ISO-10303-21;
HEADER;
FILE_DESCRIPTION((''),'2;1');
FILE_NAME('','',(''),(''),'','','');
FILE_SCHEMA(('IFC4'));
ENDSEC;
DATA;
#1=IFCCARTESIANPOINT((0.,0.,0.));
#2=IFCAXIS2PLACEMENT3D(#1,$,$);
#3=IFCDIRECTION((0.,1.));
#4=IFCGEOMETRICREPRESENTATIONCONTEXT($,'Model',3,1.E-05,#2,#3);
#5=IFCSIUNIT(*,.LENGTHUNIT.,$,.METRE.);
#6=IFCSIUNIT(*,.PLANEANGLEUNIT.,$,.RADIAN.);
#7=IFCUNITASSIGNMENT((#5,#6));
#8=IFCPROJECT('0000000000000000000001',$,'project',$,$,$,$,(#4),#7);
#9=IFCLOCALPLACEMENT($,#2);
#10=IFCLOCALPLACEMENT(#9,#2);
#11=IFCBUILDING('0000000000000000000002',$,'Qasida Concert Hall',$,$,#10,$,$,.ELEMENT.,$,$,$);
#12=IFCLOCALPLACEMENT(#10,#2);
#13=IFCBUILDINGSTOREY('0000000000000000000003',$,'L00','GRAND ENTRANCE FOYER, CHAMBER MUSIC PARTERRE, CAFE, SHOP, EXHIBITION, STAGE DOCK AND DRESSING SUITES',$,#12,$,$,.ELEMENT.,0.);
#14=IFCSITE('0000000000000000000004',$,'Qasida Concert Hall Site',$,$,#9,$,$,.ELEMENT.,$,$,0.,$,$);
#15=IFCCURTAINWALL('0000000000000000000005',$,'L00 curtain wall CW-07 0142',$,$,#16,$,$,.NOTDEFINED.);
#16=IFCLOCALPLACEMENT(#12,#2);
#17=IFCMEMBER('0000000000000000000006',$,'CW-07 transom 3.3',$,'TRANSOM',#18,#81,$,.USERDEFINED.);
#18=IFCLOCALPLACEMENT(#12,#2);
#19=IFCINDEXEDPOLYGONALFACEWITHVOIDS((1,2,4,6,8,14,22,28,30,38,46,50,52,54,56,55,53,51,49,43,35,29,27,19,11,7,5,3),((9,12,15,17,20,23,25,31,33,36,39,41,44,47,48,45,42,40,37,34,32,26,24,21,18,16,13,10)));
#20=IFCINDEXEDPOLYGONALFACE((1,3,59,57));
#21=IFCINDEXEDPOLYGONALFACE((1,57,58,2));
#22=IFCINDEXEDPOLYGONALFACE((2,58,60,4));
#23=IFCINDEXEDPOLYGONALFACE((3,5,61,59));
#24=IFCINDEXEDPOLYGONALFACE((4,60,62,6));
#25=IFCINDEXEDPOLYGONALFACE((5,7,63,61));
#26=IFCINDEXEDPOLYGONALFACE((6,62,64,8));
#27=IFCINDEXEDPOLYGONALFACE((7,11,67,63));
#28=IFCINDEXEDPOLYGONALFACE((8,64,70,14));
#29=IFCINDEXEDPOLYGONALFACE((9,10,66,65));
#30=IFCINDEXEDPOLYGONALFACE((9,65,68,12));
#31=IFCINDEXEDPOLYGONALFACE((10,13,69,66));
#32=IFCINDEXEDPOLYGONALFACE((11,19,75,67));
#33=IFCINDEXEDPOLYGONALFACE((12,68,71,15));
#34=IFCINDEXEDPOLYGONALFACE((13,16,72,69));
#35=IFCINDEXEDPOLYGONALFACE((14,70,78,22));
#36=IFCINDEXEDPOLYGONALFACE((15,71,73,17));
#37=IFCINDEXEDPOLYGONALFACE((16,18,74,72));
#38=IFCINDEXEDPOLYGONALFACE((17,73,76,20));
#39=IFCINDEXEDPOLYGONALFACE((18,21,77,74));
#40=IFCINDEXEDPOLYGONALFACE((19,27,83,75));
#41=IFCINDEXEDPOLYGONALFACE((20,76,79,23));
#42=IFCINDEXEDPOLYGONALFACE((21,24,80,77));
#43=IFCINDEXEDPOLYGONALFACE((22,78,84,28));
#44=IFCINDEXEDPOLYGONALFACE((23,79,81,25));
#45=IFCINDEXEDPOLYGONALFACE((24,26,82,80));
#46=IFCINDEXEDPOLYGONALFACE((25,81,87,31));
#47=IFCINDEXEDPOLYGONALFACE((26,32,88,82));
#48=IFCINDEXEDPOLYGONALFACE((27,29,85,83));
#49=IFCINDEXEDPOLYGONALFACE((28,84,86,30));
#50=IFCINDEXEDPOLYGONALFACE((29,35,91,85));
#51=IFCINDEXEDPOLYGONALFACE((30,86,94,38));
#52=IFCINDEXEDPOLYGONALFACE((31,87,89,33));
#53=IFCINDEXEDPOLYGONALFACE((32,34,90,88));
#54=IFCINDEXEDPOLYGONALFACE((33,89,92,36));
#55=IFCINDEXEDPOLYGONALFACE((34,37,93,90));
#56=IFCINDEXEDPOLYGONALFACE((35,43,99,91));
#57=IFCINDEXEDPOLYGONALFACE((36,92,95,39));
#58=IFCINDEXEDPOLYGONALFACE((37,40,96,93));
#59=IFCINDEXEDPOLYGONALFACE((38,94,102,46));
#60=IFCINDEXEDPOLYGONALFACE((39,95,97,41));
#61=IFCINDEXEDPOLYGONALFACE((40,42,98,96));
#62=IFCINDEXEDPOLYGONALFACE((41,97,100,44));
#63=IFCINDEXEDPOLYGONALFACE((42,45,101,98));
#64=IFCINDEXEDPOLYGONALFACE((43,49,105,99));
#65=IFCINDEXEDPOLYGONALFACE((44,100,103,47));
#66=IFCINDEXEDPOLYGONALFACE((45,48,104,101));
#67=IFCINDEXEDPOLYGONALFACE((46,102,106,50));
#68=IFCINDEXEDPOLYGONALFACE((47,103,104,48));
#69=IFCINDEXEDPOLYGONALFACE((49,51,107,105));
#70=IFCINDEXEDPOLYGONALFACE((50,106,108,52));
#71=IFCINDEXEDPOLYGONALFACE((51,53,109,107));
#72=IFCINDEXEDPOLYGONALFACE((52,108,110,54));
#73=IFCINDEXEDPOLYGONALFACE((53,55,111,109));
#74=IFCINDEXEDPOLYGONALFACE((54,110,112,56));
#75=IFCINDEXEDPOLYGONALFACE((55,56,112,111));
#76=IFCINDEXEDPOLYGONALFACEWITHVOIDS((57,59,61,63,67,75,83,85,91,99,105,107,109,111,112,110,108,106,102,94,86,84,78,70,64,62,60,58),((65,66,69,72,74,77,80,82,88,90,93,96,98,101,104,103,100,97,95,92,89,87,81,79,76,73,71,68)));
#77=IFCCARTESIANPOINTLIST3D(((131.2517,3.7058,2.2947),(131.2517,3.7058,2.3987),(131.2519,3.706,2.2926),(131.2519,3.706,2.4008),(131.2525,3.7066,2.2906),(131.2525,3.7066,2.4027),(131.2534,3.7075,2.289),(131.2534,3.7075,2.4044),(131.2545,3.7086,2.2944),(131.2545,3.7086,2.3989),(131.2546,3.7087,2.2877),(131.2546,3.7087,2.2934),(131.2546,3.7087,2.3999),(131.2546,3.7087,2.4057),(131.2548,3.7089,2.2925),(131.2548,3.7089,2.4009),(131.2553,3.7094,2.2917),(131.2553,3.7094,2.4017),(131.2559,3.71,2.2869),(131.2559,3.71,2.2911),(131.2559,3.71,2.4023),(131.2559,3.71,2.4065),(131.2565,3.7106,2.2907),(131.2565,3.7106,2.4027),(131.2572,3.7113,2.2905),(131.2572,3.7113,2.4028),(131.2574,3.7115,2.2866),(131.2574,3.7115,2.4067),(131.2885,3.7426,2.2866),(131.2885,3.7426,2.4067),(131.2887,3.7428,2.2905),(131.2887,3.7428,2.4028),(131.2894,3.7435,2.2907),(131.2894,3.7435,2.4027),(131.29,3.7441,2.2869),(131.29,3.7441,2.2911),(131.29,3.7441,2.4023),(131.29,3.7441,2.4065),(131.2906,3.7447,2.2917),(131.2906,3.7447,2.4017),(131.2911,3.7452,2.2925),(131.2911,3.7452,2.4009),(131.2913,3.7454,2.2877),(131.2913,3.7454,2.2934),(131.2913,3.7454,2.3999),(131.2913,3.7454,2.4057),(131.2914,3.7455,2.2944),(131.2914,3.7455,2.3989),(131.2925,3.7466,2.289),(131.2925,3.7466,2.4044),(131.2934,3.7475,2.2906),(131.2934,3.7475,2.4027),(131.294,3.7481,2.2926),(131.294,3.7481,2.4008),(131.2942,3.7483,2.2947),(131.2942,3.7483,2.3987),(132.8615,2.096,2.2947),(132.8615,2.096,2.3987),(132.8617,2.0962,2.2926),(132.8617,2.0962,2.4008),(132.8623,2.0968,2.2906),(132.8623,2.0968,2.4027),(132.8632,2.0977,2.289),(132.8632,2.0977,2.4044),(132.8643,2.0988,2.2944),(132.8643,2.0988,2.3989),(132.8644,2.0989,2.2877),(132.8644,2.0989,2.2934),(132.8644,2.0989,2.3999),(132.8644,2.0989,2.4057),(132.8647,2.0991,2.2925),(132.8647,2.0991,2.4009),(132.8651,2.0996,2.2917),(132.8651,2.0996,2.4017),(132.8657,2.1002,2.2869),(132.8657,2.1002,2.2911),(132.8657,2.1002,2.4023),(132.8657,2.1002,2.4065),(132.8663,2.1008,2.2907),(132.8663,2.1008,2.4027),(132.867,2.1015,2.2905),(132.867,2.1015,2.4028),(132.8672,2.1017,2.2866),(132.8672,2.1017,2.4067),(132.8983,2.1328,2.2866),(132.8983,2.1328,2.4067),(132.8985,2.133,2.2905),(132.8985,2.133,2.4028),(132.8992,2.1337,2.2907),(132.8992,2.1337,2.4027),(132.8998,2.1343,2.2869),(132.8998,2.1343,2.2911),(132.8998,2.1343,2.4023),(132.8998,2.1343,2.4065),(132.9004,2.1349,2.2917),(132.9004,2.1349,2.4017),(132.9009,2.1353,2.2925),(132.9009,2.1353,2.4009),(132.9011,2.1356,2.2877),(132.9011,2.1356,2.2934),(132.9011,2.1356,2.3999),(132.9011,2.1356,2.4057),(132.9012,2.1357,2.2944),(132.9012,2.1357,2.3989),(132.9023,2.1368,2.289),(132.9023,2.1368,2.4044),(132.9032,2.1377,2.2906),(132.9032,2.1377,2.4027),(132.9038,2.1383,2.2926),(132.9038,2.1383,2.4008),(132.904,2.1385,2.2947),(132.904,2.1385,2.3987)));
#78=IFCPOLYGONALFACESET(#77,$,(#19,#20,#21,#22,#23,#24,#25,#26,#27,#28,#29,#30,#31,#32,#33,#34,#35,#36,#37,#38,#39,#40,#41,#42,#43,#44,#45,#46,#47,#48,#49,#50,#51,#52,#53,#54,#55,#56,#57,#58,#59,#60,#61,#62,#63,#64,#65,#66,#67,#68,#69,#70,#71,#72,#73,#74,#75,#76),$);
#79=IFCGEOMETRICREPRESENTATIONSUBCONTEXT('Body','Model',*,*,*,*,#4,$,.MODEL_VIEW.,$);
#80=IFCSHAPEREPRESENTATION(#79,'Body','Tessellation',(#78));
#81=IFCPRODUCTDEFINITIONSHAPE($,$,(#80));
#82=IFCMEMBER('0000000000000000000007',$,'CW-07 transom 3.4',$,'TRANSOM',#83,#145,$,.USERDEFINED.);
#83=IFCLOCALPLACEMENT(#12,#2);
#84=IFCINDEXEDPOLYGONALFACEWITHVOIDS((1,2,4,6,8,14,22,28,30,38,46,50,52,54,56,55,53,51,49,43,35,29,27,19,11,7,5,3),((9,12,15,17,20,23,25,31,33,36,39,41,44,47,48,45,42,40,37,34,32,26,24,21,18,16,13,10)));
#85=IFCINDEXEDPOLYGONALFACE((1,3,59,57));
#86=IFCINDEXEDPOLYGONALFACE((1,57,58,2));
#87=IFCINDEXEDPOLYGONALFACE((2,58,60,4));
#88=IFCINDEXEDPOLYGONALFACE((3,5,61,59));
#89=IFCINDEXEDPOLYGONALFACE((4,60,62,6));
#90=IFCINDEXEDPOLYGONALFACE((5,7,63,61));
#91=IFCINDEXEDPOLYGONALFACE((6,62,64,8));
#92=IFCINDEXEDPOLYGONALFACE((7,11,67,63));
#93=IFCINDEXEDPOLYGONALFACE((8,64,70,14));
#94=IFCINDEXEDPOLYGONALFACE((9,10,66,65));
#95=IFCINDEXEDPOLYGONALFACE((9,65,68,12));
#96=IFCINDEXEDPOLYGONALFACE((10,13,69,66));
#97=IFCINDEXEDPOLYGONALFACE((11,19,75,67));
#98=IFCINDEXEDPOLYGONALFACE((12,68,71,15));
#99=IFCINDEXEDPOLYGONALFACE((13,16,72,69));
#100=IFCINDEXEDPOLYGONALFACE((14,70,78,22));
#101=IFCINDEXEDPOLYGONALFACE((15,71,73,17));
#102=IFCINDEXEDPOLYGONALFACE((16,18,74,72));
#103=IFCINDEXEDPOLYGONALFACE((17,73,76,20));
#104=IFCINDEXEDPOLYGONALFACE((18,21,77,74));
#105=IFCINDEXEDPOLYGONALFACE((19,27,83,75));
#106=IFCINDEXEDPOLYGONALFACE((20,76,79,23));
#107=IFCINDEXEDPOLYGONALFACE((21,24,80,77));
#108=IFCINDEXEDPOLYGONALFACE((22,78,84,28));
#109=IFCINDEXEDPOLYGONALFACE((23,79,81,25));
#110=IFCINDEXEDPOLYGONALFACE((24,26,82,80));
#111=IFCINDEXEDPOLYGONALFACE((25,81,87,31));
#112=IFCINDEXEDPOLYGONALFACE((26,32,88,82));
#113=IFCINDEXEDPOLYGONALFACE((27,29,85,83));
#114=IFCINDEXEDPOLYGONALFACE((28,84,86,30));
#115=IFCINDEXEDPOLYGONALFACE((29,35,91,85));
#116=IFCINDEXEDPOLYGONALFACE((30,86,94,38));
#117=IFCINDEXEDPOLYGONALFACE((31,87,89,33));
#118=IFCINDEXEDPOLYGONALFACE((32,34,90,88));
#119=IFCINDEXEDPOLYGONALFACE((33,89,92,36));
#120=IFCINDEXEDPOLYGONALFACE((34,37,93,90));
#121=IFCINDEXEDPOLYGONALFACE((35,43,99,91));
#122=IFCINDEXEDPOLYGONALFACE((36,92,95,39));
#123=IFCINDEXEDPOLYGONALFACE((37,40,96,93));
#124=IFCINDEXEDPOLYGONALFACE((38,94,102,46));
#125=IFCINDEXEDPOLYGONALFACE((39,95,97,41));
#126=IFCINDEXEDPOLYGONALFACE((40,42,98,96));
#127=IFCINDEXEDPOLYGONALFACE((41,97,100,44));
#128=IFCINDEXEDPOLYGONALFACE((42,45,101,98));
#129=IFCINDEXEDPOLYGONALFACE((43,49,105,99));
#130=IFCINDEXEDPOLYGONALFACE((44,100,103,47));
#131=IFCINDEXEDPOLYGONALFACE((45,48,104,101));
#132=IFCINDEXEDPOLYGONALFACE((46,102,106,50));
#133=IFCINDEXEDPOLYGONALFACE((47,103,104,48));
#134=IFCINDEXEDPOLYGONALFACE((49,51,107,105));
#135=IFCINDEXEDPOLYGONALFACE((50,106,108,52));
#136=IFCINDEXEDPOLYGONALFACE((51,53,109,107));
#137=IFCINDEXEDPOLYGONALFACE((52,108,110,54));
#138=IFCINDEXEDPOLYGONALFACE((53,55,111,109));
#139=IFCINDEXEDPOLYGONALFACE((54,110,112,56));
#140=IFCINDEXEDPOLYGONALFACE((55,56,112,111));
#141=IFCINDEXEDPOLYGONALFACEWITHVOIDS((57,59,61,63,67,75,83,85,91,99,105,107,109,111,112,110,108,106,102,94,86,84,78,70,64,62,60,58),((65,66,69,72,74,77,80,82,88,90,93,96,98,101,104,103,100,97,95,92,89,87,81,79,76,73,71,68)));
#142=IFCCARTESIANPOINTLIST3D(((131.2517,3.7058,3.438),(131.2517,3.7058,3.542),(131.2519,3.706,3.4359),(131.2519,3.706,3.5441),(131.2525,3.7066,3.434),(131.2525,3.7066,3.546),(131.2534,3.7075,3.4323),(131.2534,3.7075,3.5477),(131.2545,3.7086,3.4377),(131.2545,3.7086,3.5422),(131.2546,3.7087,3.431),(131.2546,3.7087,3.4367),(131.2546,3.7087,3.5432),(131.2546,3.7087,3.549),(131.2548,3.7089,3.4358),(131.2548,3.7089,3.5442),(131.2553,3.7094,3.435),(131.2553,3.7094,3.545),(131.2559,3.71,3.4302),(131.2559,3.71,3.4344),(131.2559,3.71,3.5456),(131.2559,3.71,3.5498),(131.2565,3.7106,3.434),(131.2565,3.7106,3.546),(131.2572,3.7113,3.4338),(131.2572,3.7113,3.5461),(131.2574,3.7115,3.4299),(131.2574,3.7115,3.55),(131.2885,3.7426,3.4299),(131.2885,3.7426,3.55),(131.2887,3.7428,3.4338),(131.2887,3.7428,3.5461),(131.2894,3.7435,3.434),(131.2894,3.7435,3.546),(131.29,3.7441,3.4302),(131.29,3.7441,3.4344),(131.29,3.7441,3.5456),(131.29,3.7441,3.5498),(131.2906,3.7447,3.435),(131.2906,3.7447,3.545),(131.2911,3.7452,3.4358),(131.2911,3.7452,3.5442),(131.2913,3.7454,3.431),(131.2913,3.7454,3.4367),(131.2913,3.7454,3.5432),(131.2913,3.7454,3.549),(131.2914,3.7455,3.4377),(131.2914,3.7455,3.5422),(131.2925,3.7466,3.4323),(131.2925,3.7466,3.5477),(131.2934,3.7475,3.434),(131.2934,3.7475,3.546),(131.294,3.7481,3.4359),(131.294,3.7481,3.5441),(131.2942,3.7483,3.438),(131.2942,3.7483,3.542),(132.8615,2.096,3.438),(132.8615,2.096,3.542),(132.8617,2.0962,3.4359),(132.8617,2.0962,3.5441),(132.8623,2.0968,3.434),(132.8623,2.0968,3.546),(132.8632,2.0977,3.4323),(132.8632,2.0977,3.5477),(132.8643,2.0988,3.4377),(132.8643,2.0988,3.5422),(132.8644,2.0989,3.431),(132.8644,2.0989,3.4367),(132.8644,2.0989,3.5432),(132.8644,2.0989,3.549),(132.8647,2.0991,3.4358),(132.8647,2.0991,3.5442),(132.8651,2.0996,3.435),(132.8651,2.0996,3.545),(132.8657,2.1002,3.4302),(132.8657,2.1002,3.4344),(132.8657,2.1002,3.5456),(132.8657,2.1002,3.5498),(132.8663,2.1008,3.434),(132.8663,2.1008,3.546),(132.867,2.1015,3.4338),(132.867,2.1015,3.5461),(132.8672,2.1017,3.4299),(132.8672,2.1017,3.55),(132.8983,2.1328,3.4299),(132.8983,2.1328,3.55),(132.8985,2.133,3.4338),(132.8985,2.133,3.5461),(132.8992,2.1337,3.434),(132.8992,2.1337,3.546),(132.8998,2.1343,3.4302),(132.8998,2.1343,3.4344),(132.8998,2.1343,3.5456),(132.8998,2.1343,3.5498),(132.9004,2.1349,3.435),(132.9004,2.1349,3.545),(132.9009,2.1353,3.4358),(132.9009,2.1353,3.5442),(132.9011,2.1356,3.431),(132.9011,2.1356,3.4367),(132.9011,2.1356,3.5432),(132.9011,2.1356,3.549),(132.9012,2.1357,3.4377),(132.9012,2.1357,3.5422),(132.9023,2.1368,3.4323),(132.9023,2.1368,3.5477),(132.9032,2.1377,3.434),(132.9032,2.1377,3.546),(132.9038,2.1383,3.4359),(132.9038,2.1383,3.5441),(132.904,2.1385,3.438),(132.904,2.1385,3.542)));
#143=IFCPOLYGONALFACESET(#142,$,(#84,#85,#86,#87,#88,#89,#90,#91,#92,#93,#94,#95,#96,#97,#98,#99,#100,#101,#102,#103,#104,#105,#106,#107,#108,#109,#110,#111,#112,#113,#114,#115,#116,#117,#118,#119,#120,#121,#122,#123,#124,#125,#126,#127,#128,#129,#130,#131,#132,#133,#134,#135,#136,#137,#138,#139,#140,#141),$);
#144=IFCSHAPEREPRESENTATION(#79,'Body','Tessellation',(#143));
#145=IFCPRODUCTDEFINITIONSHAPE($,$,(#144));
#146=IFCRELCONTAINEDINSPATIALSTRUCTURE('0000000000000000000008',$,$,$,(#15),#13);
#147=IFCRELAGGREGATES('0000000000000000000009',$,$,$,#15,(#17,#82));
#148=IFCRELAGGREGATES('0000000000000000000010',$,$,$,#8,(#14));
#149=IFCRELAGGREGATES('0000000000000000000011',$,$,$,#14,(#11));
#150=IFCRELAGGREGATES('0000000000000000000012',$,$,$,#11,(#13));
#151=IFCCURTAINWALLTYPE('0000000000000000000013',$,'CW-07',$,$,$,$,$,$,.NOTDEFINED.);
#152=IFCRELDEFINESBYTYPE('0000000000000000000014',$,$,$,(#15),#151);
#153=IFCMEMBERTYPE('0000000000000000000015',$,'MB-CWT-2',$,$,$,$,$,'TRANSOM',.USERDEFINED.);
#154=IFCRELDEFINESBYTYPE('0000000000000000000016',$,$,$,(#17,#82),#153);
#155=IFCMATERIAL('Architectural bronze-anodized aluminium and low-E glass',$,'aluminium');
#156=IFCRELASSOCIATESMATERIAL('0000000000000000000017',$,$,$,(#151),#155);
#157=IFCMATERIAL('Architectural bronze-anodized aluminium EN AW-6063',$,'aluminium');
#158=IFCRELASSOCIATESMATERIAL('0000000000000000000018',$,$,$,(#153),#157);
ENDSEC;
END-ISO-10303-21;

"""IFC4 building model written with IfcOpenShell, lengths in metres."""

from ifc_helpers import new_model, si_unit, direction, frame, origin, origin_2d, place, context, subcontext, project, spatial, hollow_rectangle, extrude, material, material_profile, profile_set, type_object, element, aggregate, save


model = new_model("IFC4")

# Units and contexts
model_context = context("Model", 3, precision=1e-05, world=origin(), true_north=direction((0.0, 1.0)))
body_context = subcontext(model_context, "Body", "Model", "MODEL_VIEW")
ifc_project = project(units=[si_unit("LENGTHUNIT", "METRE"), si_unit("PLANEANGLEUNIT", "RADIAN")], contexts=[model_context])

# Site, building, storey
site_placement = place(None, origin())
site = spatial("IfcSite", under=ifc_project, at=site_placement, Name="Qasida Concert Hall Site", CompositionType="ELEMENT", RefElevation=0.0)
building_placement = place(site_placement, origin())
building = spatial("IfcBuilding", under=site, at=building_placement, Name="Qasida Concert Hall", CompositionType="ELEMENT")
storey_placement = place(building_placement, origin())
storey = spatial("IfcBuildingStorey", under=building, at=storey_placement, Name="L00", Description="GRAND ENTRANCE FOYER, CHAMBER MUSIC PARTERRE, CAFE, SHOP, EXHIBITION, STAGE DOCK AND DRESSING SUITES", CompositionType="ELEMENT", Elevation=0.0)

# Curtain wall, members
ifc_material_1 = material(Name="Architectural bronze-anodized aluminium and low-E glass", Category="aluminium")
curtain_wall_type = type_object("IfcCurtainWallType", Name="CW-07", PredefinedType="NOTDEFINED", material=ifc_material_1)
curtain_wall_placement = place(storey_placement, origin())
curtain_wall = element("IfcCurtainWall", 1, at=curtain_wall_placement, inside=storey, type_object=curtain_wall_type, Name="L00 curtain wall CW-07 0142", PredefinedType="NOTDEFINED")
ifc_material_2 = material(Name="Architectural bronze-anodized aluminium EN AW-6063", Category="aluminium")
ifc_material_profile_1 = material_profile(ifc_material_2, hollow_rectangle(XDim=0.0601, YDim=0.1201, WallThickness=0.0039, InnerFilletRadius=0.0039, OuterFilletRadius=0.0081, at=origin_2d()), Name="CWT 120x60x4")
ifc_profile_set_1 = profile_set([ifc_material_profile_1], Name="Architectural bronze-anodized aluminium EN AW-6063")
member_type_1 = type_object("IfcMemberType", Name="MB-CWT-2", ElementType="TRANSOM", PredefinedType="USERDEFINED", material=ifc_profile_set_1)
member_1_placement = place(storey_placement, frame((131.2729, 3.7271, 2.3467), z_axis=(0.707107, -0.707107, 0.0), x_axis=(0.707107, 0.707107, 0.0)))
member_1 = element("IfcMember", 2, at=member_1_placement, type_object=member_type_1, Name="CW-07 transom 3.3", ObjectType="TRANSOM", PredefinedType="USERDEFINED", context=body_context, shape_type="SweptSolid", body=[
    extrude(hollow_rectangle(XDim=0.0601, YDim=0.1201, WallThickness=0.0039, InnerFilletRadius=0.0039, OuterFilletRadius=0.0081, at=origin_2d()), origin(), (0.0, 0.0, 1.0), 2.2766),
])
member_2_placement = place(storey_placement, frame((131.2729, 3.7271, 3.49), z_axis=(0.707107, -0.707107, 0.0), x_axis=(0.707107, 0.707107, 0.0)))
member_2 = element("IfcMember", 3, at=member_2_placement, type_object=member_type_1, Name="CW-07 transom 3.4", ObjectType="TRANSOM", PredefinedType="USERDEFINED", context=body_context, shape_type="SweptSolid", body=[
    extrude(hollow_rectangle(XDim=0.0601, YDim=0.1201, WallThickness=0.0039, InnerFilletRadius=0.0039, OuterFilletRadius=0.0081, at=origin_2d()), origin(), (0.0, 0.0, 1.0), 2.2766),
])
aggregate(curtain_wall, [member_1, member_2])

save(model, "model.ifc")
